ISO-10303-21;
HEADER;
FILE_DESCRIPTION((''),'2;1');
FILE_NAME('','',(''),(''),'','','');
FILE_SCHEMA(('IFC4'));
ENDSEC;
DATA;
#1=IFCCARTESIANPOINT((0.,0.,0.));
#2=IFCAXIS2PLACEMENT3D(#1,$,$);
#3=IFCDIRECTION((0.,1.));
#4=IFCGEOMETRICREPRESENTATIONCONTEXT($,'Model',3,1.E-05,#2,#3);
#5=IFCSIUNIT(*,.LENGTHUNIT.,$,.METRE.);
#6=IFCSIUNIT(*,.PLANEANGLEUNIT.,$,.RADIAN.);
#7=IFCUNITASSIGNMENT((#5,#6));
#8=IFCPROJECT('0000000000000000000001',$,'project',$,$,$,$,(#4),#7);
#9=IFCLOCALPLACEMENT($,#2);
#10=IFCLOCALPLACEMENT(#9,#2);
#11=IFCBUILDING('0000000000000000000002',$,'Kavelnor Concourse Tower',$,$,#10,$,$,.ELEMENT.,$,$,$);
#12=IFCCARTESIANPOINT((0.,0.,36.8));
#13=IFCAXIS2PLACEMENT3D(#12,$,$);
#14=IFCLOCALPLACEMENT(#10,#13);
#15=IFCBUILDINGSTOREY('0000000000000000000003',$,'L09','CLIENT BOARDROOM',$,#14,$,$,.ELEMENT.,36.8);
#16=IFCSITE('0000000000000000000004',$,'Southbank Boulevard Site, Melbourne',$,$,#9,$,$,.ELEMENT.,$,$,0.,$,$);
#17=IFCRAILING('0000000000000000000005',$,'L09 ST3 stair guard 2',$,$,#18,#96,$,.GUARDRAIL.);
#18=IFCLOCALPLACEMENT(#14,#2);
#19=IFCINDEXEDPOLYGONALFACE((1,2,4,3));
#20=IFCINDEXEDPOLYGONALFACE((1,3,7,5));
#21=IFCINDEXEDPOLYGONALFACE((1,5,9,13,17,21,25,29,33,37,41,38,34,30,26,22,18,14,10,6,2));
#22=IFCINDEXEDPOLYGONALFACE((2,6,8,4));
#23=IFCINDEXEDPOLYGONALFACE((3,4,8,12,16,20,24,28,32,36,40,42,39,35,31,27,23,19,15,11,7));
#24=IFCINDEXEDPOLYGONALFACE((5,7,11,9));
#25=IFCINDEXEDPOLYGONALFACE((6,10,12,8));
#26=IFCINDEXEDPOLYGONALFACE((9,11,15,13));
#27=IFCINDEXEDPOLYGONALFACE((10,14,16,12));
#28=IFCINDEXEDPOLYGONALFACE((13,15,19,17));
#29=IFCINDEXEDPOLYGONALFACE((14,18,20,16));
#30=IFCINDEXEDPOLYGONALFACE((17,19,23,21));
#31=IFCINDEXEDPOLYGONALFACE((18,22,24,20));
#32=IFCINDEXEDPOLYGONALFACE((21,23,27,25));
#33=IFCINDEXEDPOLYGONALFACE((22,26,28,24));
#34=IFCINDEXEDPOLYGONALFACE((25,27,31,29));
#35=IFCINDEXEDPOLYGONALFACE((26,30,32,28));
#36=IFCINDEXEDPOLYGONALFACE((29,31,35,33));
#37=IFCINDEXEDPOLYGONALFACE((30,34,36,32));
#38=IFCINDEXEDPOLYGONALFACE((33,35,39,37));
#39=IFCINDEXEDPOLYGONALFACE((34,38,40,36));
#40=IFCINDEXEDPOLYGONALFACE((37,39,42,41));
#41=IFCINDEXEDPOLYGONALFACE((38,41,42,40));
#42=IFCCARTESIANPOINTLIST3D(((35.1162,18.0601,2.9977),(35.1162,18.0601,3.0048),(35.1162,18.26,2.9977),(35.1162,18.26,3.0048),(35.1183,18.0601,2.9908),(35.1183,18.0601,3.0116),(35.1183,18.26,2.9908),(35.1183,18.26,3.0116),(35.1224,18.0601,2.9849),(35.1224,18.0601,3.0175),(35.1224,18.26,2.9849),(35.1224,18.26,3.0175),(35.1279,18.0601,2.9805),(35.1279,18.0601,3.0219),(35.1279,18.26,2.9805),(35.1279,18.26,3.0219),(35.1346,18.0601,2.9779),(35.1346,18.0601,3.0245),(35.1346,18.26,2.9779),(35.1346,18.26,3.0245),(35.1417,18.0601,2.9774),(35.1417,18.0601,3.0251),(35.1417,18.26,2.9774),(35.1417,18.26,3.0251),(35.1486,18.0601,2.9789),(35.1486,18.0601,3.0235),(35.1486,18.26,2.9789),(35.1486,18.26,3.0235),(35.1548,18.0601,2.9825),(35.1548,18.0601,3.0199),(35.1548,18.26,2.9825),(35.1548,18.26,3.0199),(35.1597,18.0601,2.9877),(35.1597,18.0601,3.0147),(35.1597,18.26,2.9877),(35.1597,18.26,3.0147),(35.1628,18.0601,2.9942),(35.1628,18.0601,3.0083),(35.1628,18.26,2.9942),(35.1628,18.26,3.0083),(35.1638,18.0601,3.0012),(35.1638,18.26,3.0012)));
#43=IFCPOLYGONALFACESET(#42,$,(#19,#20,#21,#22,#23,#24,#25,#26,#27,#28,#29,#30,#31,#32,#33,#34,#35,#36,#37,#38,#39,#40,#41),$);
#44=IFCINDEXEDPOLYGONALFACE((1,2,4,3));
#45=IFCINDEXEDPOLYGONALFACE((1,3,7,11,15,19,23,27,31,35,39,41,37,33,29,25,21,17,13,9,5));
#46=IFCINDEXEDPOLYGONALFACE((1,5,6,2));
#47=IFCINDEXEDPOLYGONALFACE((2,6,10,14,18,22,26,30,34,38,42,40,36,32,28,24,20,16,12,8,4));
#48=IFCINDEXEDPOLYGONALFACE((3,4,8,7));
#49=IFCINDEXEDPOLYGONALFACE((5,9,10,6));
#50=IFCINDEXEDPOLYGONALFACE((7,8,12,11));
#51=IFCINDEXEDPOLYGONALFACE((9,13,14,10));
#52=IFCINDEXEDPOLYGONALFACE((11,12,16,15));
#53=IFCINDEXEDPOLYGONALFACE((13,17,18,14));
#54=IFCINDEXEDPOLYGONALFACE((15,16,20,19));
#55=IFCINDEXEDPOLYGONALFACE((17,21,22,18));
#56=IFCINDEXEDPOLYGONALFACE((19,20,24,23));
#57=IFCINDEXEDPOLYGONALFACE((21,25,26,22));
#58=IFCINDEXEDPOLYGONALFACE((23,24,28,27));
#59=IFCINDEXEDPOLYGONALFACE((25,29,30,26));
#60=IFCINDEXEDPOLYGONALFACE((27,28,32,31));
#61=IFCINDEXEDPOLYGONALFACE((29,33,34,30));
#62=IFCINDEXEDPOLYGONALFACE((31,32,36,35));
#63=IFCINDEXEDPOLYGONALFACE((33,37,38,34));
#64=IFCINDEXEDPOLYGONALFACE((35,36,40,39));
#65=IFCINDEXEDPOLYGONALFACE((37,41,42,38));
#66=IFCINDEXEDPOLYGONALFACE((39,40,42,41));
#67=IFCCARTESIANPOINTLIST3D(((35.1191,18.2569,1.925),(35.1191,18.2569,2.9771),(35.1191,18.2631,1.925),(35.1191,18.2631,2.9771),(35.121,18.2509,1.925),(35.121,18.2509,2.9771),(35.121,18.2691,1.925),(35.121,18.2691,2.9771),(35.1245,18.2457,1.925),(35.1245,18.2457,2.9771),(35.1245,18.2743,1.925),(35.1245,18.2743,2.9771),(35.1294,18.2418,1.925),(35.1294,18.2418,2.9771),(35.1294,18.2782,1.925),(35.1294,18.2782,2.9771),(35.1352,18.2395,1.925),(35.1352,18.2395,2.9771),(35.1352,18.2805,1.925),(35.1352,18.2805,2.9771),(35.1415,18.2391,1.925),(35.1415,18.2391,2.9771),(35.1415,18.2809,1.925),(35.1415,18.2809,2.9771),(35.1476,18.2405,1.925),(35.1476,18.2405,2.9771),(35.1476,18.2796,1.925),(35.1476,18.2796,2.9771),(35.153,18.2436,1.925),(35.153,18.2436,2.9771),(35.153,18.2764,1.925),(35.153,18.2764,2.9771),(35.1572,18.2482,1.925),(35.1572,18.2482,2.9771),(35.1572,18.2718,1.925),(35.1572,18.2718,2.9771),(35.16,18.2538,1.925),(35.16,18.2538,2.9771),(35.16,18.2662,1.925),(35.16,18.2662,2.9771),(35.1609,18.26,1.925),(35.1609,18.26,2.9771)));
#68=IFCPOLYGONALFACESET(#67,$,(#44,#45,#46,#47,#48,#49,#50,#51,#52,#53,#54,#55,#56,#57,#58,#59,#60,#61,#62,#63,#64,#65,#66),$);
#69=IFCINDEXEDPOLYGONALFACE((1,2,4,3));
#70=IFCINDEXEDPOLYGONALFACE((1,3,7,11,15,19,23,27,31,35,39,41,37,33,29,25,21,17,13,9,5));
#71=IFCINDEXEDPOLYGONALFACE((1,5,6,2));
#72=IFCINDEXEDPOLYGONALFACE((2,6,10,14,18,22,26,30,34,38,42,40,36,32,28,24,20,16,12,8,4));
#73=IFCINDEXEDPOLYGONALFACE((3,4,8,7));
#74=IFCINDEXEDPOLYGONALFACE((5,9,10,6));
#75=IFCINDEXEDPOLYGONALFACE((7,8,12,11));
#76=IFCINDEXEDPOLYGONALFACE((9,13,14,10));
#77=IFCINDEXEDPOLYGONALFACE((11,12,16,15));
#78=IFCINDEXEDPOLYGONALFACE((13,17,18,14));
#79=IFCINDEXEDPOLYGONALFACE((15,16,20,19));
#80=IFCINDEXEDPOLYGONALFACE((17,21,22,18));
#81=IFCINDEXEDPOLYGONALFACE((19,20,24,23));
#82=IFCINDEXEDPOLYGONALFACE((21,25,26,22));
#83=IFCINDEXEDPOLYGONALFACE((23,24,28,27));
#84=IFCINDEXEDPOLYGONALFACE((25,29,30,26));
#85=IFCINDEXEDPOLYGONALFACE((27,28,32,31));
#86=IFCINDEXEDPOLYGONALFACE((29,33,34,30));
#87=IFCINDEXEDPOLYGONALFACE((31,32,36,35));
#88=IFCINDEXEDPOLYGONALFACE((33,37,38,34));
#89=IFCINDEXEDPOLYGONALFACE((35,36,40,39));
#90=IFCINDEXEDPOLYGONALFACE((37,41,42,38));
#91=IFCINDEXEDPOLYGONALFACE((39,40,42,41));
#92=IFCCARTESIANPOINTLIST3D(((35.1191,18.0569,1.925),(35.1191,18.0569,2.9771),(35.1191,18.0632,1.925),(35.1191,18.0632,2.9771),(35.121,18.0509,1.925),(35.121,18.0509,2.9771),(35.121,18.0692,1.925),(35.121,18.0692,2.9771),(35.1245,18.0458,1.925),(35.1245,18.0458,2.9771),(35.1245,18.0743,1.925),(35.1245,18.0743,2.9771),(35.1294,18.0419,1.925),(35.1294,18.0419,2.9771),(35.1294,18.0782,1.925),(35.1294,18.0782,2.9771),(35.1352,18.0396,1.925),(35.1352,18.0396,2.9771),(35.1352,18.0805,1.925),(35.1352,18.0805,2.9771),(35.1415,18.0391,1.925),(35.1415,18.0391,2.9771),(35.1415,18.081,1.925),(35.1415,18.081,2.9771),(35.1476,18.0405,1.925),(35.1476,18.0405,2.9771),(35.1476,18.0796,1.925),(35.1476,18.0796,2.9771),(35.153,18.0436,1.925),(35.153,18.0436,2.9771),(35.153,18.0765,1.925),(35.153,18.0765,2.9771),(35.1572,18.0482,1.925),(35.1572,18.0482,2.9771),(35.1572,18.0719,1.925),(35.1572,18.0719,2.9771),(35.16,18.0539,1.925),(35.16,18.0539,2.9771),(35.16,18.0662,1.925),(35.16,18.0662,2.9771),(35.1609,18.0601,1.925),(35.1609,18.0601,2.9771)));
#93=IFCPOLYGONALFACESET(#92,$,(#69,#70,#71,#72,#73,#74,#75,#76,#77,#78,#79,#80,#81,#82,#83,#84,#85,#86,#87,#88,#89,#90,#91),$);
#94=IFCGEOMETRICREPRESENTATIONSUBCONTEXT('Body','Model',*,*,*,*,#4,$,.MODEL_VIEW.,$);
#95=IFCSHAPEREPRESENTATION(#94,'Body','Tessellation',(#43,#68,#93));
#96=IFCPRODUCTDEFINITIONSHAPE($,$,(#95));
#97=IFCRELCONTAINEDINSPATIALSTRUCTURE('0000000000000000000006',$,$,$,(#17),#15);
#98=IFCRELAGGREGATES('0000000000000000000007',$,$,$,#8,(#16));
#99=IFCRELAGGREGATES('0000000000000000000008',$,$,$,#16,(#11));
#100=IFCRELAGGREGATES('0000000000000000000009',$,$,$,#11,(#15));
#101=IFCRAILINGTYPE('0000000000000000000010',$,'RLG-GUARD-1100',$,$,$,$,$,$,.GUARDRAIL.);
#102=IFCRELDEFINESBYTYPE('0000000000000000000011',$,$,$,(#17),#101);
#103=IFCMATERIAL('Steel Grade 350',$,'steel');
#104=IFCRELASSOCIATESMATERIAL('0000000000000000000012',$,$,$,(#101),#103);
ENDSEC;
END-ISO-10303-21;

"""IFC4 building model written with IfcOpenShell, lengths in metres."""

from ifc_helpers import new_model, si_unit, direction, frame, origin, origin_2d, place, context, subcontext, project, spatial, circle, extrude, material, type_object, element, save


model = new_model("IFC4")

# Units and contexts
model_context = context("Model", 3, precision=1e-05, world=origin(), true_north=direction((0.0, 1.0)))
body_context = subcontext(model_context, "Body", "Model", "MODEL_VIEW")
ifc_project = project(units=[si_unit("LENGTHUNIT", "METRE"), si_unit("PLANEANGLEUNIT", "RADIAN")], contexts=[model_context])

# Site, building, storey
site_placement = place(None, origin())
site = spatial("IfcSite", under=ifc_project, at=site_placement, Name="Southbank Boulevard Site, Melbourne", CompositionType="ELEMENT", RefElevation=0.0)
building_placement = place(site_placement, origin())
building = spatial("IfcBuilding", under=site, at=building_placement, Name="Kavelnor Concourse Tower", CompositionType="ELEMENT")
storey_placement = place(building_placement, frame((0.0, 0.0, 36.8)))
storey = spatial("IfcBuildingStorey", under=building, at=storey_placement, Name="L09", Description="CLIENT BOARDROOM", CompositionType="ELEMENT", Elevation=36.8)

# Shared definitions
ifc_material_1 = material(Name="Steel Grade 350", Category="steel")

# Railing
railing_type_1 = type_object("IfcRailingType", Name="RLG-GUARD-1100", PredefinedType="GUARDRAIL", material=ifc_material_1)
railing_1_placement = place(storey_placement, frame((35.1399, 18.26, 1.925)))
element("IfcRailing", 1, at=railing_1_placement, inside=storey, type_object=railing_type_1, Name="L09 ST3 stair guard 2", PredefinedType="GUARDRAIL", context=body_context, shape_type="SweptSolid", body=[
    extrude(circle(Radius=0.0239, at=origin_2d()), frame((0.0, 0.0, 1.0762), z_axis=(0.0, -1.0, 0.0), x_axis=(1.0, 0.0, 0.0)), (0.0, 0.0, 1.0), 0.2),
    extrude(circle(Radius=0.021, at=origin_2d()), origin(), (0.0, 0.0, 1.0), 1.052),
    extrude(circle(Radius=0.021, at=origin_2d()), frame((0.0, -0.2, 0.0)), (0.0, 0.0, 1.0), 1.052),
])

save(model, "model.ifc")
